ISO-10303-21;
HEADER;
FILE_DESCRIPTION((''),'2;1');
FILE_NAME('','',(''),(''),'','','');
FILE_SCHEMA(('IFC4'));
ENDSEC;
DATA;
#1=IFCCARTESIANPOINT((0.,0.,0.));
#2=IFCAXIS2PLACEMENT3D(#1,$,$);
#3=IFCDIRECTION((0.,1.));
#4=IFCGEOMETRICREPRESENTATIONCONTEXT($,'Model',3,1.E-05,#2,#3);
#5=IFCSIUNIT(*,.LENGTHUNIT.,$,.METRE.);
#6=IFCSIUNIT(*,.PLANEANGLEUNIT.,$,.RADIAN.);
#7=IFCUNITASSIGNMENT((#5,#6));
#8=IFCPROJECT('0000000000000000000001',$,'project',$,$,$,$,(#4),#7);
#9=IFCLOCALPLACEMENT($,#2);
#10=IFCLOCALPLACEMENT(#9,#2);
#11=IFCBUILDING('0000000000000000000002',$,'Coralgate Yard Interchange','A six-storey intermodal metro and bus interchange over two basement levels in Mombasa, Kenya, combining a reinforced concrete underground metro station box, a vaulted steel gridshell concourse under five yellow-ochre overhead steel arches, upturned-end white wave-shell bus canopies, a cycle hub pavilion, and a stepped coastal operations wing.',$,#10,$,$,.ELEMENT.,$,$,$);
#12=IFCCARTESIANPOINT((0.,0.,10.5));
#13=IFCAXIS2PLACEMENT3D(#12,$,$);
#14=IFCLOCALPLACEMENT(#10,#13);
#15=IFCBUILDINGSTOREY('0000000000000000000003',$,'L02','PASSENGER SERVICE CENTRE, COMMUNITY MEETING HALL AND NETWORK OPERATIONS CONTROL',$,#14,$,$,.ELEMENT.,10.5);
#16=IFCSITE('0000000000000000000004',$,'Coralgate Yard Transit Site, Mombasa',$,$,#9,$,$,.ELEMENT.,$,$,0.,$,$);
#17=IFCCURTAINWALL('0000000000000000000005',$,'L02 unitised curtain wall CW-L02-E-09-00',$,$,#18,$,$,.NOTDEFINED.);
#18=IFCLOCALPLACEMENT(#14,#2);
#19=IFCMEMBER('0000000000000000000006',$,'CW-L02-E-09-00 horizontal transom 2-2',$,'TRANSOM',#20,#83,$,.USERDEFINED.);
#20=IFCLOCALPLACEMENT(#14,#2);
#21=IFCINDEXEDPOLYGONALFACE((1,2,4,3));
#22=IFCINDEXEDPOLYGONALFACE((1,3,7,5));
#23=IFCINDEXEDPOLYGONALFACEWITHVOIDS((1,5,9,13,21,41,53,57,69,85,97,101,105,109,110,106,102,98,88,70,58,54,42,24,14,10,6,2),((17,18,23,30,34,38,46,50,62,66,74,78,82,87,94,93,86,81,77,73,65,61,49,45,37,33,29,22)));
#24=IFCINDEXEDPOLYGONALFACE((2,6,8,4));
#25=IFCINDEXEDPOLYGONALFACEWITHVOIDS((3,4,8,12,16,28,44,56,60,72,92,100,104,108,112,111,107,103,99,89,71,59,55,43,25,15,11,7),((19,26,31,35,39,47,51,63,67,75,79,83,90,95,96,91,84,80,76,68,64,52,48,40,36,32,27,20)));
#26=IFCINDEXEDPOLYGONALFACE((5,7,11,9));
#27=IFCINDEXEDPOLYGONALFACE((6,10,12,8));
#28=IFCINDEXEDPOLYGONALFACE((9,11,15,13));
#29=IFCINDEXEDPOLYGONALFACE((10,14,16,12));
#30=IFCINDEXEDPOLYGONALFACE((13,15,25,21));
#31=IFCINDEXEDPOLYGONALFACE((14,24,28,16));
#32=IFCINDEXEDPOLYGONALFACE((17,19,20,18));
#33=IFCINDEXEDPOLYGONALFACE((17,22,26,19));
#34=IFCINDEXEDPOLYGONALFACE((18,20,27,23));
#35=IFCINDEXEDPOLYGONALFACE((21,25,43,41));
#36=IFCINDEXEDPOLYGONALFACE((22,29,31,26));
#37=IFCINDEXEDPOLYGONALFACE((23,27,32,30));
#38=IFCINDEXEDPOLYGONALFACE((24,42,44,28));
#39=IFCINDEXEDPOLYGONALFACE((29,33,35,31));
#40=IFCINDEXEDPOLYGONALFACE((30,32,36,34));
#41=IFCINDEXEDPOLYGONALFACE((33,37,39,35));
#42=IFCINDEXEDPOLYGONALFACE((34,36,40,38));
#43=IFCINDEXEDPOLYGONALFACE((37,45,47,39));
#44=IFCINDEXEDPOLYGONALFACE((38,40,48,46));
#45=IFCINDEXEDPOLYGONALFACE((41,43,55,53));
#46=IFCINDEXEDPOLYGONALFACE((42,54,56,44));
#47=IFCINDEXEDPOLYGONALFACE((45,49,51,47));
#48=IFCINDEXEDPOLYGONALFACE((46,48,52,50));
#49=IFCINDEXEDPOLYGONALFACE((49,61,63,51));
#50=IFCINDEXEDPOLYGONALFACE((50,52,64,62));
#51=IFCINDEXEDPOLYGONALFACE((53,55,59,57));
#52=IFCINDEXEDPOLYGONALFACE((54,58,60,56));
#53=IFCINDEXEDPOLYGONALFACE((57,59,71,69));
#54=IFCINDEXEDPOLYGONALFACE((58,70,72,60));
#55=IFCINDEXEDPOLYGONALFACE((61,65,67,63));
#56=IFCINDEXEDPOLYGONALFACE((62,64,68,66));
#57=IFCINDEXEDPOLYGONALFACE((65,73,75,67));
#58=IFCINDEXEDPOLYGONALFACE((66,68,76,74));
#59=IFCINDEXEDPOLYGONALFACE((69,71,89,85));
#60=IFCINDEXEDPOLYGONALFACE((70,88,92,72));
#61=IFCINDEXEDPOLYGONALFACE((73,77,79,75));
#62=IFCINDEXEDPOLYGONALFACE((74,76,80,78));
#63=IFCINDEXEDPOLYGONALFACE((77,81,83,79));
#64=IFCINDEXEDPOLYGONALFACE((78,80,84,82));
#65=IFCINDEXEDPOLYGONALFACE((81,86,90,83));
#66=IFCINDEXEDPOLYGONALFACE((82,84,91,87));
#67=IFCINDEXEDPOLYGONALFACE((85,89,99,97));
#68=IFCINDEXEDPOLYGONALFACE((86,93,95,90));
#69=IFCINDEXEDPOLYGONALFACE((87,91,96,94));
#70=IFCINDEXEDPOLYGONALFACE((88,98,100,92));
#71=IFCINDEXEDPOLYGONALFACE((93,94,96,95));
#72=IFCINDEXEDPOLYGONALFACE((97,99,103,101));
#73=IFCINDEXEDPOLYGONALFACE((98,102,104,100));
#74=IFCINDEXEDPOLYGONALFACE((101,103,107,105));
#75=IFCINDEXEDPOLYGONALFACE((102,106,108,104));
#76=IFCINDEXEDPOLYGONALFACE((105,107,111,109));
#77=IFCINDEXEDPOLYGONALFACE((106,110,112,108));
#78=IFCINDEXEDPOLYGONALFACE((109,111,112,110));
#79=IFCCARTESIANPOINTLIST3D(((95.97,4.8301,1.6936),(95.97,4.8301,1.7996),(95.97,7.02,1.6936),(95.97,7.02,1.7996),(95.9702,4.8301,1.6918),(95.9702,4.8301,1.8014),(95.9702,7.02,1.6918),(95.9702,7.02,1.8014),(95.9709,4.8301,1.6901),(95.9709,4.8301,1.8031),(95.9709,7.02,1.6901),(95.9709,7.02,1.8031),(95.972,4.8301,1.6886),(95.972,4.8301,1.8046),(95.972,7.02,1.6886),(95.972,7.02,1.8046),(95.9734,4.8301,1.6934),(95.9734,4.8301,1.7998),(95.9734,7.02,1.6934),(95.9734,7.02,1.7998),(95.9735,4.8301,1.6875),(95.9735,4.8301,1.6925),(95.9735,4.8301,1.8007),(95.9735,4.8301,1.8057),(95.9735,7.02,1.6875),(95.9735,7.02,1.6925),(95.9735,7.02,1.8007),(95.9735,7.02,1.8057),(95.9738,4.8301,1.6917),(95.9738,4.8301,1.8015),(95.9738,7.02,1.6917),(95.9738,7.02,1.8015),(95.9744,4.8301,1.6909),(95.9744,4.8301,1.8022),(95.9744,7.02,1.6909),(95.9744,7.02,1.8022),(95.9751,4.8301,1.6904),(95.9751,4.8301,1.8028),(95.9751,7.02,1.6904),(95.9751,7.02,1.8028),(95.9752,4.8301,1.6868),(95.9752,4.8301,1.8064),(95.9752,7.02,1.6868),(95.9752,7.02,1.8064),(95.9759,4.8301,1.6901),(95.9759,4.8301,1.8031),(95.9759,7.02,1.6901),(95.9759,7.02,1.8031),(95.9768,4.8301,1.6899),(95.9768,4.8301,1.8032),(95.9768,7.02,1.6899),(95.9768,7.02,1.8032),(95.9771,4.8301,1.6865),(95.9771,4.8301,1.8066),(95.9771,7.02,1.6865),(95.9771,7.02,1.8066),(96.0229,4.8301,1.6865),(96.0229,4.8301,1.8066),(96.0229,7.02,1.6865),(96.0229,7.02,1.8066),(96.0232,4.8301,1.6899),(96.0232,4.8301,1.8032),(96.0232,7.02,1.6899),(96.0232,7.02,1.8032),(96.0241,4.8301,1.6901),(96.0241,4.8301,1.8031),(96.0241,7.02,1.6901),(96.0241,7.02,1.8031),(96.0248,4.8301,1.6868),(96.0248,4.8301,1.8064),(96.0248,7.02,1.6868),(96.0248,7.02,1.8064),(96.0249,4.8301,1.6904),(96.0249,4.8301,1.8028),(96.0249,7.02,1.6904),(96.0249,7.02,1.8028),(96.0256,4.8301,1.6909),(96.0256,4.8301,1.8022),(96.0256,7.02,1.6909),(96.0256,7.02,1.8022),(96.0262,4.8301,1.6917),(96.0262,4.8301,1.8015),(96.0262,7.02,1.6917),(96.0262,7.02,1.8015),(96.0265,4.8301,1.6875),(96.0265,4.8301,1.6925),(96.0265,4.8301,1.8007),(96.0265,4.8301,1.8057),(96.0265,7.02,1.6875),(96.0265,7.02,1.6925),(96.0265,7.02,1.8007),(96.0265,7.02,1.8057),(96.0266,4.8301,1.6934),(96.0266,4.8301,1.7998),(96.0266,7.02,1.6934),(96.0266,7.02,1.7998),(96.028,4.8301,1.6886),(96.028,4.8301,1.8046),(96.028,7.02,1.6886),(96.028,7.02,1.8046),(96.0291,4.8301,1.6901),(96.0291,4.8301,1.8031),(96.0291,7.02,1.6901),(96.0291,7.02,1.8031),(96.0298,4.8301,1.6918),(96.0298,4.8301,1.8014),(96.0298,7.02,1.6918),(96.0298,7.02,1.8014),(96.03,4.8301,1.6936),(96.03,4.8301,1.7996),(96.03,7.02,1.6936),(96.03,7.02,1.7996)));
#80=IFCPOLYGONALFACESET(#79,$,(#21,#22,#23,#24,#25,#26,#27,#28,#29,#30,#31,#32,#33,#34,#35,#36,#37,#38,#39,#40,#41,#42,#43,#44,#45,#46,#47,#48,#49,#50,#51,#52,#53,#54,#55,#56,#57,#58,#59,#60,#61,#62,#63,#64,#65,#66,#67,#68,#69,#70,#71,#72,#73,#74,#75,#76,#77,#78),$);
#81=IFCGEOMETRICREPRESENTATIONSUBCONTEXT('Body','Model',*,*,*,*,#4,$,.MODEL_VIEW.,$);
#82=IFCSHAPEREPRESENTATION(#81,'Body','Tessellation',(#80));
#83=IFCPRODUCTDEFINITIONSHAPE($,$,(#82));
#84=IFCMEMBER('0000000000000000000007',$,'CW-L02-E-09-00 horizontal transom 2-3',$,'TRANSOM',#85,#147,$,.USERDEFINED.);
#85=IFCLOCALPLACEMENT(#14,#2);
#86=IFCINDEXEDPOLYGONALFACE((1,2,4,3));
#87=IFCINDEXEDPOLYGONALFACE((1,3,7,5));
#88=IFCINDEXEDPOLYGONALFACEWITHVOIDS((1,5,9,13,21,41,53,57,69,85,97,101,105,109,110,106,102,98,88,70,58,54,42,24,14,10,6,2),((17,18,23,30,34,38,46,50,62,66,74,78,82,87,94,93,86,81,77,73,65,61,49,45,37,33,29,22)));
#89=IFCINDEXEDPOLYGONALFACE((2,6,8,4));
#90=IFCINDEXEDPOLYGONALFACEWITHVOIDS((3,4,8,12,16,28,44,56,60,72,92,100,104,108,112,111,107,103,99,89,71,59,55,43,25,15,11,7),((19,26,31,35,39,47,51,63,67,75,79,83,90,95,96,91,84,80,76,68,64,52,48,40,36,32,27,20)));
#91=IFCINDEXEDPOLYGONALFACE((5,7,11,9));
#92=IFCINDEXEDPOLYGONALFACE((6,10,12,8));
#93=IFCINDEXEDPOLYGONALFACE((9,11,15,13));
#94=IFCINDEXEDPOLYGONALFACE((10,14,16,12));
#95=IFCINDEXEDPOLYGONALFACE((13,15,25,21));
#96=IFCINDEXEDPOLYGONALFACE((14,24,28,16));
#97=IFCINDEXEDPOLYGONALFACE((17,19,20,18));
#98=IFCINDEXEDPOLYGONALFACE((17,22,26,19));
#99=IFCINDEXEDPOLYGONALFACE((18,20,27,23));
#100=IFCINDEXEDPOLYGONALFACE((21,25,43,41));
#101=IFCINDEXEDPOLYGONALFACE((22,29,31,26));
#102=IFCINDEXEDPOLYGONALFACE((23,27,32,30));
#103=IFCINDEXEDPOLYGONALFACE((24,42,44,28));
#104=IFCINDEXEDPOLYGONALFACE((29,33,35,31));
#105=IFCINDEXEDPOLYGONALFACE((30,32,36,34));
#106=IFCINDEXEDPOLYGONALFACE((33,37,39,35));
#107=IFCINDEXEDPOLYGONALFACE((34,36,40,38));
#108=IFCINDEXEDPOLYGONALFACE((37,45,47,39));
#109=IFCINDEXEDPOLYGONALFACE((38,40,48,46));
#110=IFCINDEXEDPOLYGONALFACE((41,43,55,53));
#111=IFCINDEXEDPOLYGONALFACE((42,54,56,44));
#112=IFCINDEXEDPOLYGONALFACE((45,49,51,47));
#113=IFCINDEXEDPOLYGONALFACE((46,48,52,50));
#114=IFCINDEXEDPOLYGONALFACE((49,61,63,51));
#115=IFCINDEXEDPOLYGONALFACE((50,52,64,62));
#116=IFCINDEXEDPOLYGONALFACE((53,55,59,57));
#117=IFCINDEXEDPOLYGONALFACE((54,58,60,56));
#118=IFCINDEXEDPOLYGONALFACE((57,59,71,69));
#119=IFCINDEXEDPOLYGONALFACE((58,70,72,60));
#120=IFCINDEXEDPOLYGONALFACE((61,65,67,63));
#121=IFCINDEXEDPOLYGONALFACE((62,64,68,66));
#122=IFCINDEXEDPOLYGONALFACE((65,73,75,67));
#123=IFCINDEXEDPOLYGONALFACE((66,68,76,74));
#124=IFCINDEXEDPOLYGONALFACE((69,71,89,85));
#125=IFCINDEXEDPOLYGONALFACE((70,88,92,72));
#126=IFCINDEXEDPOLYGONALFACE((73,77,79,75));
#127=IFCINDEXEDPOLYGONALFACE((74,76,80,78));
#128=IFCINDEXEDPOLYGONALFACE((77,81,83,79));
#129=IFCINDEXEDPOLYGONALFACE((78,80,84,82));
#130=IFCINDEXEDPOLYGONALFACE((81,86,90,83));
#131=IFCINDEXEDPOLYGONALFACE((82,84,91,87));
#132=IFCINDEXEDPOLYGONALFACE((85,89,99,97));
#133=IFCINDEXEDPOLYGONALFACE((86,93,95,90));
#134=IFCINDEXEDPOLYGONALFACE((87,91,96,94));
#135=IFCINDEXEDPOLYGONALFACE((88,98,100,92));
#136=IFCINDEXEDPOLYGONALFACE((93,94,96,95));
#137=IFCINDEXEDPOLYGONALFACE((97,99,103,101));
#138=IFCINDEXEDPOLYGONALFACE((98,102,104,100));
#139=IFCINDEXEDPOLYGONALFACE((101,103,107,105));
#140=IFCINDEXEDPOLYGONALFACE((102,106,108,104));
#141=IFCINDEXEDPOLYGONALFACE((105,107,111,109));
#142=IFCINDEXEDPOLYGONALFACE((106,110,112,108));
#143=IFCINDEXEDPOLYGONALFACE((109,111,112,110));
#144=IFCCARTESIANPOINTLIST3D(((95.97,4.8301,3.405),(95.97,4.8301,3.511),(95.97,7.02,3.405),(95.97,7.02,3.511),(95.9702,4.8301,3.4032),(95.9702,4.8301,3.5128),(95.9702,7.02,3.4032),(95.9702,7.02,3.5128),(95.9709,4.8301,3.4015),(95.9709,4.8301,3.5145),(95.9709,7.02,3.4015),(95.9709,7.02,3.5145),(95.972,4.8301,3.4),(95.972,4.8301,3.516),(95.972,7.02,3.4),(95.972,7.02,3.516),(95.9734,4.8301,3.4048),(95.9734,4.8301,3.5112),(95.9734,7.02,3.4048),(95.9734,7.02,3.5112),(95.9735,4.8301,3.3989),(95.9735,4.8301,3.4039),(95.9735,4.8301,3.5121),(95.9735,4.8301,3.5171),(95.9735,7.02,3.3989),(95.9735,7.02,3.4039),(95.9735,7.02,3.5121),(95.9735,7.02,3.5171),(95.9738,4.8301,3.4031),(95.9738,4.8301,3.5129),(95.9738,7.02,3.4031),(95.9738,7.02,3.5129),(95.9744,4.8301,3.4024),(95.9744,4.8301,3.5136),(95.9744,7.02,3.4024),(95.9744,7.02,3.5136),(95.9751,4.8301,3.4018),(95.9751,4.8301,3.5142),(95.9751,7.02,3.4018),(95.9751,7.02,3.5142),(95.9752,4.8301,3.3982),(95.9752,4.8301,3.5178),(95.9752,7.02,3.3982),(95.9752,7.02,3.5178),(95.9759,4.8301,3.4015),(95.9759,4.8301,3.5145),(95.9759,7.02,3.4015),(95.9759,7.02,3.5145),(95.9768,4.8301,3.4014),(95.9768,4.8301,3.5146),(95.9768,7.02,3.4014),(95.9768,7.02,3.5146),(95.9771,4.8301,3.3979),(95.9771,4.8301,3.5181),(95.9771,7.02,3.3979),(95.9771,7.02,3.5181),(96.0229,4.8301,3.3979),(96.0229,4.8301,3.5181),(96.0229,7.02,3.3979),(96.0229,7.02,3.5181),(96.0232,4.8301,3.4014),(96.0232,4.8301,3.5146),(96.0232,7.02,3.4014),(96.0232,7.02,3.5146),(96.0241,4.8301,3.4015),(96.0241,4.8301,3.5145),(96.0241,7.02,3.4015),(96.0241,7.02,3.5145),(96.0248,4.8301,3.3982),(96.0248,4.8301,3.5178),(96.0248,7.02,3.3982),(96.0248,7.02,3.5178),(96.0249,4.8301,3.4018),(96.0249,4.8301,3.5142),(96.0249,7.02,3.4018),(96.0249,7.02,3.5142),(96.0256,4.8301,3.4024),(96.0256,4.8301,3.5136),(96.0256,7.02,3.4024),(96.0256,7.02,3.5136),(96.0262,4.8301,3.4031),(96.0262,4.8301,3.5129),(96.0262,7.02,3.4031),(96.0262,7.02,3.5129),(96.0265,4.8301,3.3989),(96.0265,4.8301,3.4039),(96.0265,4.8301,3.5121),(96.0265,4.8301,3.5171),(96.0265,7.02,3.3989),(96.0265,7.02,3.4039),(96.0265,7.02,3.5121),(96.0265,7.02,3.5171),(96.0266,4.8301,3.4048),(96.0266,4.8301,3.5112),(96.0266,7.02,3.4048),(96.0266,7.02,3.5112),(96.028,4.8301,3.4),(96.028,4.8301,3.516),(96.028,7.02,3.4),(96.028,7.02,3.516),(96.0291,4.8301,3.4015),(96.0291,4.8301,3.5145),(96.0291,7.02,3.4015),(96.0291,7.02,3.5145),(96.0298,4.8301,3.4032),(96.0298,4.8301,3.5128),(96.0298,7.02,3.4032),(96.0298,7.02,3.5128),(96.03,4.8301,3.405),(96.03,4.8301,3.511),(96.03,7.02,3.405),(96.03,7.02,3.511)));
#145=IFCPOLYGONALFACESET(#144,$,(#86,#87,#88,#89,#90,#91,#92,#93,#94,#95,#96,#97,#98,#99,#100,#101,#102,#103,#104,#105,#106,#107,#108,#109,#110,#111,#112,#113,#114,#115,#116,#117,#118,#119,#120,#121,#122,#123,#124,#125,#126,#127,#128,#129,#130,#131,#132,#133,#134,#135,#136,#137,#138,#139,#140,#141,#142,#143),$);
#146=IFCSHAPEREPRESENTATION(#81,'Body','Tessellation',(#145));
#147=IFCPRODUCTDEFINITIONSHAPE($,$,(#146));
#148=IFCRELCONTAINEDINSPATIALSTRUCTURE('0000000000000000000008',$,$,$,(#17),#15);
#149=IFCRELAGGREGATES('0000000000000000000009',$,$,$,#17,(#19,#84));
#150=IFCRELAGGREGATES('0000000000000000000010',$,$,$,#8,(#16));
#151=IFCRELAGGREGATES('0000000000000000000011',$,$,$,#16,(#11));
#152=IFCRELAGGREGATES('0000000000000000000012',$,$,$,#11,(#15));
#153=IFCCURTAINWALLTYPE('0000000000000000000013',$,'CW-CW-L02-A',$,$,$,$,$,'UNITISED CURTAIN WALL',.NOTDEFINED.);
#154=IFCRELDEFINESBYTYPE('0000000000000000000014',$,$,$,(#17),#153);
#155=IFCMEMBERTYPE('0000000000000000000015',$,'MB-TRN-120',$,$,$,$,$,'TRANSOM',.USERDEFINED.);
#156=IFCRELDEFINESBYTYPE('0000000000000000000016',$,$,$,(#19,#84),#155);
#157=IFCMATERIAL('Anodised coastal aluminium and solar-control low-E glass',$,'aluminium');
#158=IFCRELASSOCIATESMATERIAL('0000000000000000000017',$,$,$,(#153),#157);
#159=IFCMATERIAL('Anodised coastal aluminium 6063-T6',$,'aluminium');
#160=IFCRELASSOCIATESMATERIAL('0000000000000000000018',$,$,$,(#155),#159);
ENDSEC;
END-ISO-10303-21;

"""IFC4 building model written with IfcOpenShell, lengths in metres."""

from ifc_helpers import new_model, si_unit, direction, frame, origin, origin_2d, place, context, subcontext, project, spatial, hollow_rectangle, extrude, material, material_profile, profile_set, type_object, element, aggregate, save


model = new_model("IFC4")

# Units and contexts
model_context = context("Model", 3, precision=1e-05, world=origin(), true_north=direction((0.0, 1.0)))
body_context = subcontext(model_context, "Body", "Model", "MODEL_VIEW")
ifc_project = project(units=[si_unit("LENGTHUNIT", "METRE"), si_unit("PLANEANGLEUNIT", "RADIAN")], contexts=[model_context])

# Site, building, storey
site_placement = place(None, origin())
site = spatial("IfcSite", under=ifc_project, at=site_placement, Name="Coralgate Yard Transit Site, Mombasa", CompositionType="ELEMENT", RefElevation=0.0)
building_placement = place(site_placement, origin())
building = spatial("IfcBuilding", under=site, at=building_placement, Name="Coralgate Yard Interchange", Description="A six-storey intermodal metro and bus interchange over two basement levels in Mombasa, Kenya, combining a reinforced concrete underground metro station box, a vaulted steel gridshell concourse under five yellow-ochre overhead steel arches, upturned-end white wave-shell bus canopies, a cycle hub pavilion, and a stepped coastal operations wing.", CompositionType="ELEMENT")
storey_placement = place(building_placement, frame((0.0, 0.0, 10.5)))
storey = spatial("IfcBuildingStorey", under=building, at=storey_placement, Name="L02", Description="PASSENGER SERVICE CENTRE, COMMUNITY MEETING HALL AND NETWORK OPERATIONS CONTROL", CompositionType="ELEMENT", Elevation=10.5)

# Shared definitions
ifc_material_1 = material(Name="Anodised coastal aluminium and solar-control low-E glass", Category="aluminium")
curtain_wall_type = type_object("IfcCurtainWallType", Name="CW-CW-L02-A", ElementType="UNITISED CURTAIN WALL", PredefinedType="NOTDEFINED", material=ifc_material_1)
ifc_material_2 = material(Name="Anodised coastal aluminium 6063-T6", Category="aluminium")

# Curtain wall
curtain_wall_1_placement = place(storey_placement, origin())
curtain_wall_1 = element("IfcCurtainWall", 1, at=curtain_wall_1_placement, inside=storey, type_object=curtain_wall_type, Name="L02 unitised curtain wall CW-L02-E-09-00", PredefinedType="NOTDEFINED")

# Members
ifc_material_profile_1 = material_profile(ifc_material_2, hollow_rectangle(XDim=0.0601, YDim=0.1201, WallThickness=0.0034, InnerFilletRadius=0.0034, OuterFilletRadius=0.0071, at=origin_2d()), Name="ALU 60x120x3.5")
ifc_profile_set_1 = profile_set([ifc_material_profile_1], Name="Anodised coastal aluminium 6063-T6")
member_type_1 = type_object("IfcMemberType", Name="MB-TRN-120", ElementType="TRANSOM", PredefinedType="USERDEFINED", material=ifc_profile_set_1)
member_1_placement = place(storey_placement, frame((96.0, 7.02, 1.7466), z_axis=(0.0, -1.0, 0.0), x_axis=(1.0, 0.0, 0.0)))
member_1 = element("IfcMember", 2, at=member_1_placement, type_object=member_type_1, Name="CW-L02-E-09-00 horizontal transom 2-2", ObjectType="TRANSOM", PredefinedType="USERDEFINED", context=body_context, shape_type="SweptSolid", body=[
    extrude(hollow_rectangle(XDim=0.0601, YDim=0.1201, WallThickness=0.0034, InnerFilletRadius=0.0034, OuterFilletRadius=0.0071, at=origin_2d()), origin(), (0.0, 0.0, 1.0), 2.1899),
])
member_2_placement = place(storey_placement, frame((96.0, 7.02, 3.458), z_axis=(0.0, -1.0, 0.0), x_axis=(1.0, 0.0, 0.0)))
member_2 = element("IfcMember", 3, at=member_2_placement, type_object=member_type_1, Name="CW-L02-E-09-00 horizontal transom 2-3", ObjectType="TRANSOM", PredefinedType="USERDEFINED", context=body_context, shape_type="SweptSolid", body=[
    extrude(hollow_rectangle(XDim=0.0601, YDim=0.1201, WallThickness=0.0034, InnerFilletRadius=0.0034, OuterFilletRadius=0.0071, at=origin_2d()), origin(), (0.0, 0.0, 1.0), 2.1899),
])

aggregate(curtain_wall_1, [member_1, member_2])

save(model, "model.ifc")
